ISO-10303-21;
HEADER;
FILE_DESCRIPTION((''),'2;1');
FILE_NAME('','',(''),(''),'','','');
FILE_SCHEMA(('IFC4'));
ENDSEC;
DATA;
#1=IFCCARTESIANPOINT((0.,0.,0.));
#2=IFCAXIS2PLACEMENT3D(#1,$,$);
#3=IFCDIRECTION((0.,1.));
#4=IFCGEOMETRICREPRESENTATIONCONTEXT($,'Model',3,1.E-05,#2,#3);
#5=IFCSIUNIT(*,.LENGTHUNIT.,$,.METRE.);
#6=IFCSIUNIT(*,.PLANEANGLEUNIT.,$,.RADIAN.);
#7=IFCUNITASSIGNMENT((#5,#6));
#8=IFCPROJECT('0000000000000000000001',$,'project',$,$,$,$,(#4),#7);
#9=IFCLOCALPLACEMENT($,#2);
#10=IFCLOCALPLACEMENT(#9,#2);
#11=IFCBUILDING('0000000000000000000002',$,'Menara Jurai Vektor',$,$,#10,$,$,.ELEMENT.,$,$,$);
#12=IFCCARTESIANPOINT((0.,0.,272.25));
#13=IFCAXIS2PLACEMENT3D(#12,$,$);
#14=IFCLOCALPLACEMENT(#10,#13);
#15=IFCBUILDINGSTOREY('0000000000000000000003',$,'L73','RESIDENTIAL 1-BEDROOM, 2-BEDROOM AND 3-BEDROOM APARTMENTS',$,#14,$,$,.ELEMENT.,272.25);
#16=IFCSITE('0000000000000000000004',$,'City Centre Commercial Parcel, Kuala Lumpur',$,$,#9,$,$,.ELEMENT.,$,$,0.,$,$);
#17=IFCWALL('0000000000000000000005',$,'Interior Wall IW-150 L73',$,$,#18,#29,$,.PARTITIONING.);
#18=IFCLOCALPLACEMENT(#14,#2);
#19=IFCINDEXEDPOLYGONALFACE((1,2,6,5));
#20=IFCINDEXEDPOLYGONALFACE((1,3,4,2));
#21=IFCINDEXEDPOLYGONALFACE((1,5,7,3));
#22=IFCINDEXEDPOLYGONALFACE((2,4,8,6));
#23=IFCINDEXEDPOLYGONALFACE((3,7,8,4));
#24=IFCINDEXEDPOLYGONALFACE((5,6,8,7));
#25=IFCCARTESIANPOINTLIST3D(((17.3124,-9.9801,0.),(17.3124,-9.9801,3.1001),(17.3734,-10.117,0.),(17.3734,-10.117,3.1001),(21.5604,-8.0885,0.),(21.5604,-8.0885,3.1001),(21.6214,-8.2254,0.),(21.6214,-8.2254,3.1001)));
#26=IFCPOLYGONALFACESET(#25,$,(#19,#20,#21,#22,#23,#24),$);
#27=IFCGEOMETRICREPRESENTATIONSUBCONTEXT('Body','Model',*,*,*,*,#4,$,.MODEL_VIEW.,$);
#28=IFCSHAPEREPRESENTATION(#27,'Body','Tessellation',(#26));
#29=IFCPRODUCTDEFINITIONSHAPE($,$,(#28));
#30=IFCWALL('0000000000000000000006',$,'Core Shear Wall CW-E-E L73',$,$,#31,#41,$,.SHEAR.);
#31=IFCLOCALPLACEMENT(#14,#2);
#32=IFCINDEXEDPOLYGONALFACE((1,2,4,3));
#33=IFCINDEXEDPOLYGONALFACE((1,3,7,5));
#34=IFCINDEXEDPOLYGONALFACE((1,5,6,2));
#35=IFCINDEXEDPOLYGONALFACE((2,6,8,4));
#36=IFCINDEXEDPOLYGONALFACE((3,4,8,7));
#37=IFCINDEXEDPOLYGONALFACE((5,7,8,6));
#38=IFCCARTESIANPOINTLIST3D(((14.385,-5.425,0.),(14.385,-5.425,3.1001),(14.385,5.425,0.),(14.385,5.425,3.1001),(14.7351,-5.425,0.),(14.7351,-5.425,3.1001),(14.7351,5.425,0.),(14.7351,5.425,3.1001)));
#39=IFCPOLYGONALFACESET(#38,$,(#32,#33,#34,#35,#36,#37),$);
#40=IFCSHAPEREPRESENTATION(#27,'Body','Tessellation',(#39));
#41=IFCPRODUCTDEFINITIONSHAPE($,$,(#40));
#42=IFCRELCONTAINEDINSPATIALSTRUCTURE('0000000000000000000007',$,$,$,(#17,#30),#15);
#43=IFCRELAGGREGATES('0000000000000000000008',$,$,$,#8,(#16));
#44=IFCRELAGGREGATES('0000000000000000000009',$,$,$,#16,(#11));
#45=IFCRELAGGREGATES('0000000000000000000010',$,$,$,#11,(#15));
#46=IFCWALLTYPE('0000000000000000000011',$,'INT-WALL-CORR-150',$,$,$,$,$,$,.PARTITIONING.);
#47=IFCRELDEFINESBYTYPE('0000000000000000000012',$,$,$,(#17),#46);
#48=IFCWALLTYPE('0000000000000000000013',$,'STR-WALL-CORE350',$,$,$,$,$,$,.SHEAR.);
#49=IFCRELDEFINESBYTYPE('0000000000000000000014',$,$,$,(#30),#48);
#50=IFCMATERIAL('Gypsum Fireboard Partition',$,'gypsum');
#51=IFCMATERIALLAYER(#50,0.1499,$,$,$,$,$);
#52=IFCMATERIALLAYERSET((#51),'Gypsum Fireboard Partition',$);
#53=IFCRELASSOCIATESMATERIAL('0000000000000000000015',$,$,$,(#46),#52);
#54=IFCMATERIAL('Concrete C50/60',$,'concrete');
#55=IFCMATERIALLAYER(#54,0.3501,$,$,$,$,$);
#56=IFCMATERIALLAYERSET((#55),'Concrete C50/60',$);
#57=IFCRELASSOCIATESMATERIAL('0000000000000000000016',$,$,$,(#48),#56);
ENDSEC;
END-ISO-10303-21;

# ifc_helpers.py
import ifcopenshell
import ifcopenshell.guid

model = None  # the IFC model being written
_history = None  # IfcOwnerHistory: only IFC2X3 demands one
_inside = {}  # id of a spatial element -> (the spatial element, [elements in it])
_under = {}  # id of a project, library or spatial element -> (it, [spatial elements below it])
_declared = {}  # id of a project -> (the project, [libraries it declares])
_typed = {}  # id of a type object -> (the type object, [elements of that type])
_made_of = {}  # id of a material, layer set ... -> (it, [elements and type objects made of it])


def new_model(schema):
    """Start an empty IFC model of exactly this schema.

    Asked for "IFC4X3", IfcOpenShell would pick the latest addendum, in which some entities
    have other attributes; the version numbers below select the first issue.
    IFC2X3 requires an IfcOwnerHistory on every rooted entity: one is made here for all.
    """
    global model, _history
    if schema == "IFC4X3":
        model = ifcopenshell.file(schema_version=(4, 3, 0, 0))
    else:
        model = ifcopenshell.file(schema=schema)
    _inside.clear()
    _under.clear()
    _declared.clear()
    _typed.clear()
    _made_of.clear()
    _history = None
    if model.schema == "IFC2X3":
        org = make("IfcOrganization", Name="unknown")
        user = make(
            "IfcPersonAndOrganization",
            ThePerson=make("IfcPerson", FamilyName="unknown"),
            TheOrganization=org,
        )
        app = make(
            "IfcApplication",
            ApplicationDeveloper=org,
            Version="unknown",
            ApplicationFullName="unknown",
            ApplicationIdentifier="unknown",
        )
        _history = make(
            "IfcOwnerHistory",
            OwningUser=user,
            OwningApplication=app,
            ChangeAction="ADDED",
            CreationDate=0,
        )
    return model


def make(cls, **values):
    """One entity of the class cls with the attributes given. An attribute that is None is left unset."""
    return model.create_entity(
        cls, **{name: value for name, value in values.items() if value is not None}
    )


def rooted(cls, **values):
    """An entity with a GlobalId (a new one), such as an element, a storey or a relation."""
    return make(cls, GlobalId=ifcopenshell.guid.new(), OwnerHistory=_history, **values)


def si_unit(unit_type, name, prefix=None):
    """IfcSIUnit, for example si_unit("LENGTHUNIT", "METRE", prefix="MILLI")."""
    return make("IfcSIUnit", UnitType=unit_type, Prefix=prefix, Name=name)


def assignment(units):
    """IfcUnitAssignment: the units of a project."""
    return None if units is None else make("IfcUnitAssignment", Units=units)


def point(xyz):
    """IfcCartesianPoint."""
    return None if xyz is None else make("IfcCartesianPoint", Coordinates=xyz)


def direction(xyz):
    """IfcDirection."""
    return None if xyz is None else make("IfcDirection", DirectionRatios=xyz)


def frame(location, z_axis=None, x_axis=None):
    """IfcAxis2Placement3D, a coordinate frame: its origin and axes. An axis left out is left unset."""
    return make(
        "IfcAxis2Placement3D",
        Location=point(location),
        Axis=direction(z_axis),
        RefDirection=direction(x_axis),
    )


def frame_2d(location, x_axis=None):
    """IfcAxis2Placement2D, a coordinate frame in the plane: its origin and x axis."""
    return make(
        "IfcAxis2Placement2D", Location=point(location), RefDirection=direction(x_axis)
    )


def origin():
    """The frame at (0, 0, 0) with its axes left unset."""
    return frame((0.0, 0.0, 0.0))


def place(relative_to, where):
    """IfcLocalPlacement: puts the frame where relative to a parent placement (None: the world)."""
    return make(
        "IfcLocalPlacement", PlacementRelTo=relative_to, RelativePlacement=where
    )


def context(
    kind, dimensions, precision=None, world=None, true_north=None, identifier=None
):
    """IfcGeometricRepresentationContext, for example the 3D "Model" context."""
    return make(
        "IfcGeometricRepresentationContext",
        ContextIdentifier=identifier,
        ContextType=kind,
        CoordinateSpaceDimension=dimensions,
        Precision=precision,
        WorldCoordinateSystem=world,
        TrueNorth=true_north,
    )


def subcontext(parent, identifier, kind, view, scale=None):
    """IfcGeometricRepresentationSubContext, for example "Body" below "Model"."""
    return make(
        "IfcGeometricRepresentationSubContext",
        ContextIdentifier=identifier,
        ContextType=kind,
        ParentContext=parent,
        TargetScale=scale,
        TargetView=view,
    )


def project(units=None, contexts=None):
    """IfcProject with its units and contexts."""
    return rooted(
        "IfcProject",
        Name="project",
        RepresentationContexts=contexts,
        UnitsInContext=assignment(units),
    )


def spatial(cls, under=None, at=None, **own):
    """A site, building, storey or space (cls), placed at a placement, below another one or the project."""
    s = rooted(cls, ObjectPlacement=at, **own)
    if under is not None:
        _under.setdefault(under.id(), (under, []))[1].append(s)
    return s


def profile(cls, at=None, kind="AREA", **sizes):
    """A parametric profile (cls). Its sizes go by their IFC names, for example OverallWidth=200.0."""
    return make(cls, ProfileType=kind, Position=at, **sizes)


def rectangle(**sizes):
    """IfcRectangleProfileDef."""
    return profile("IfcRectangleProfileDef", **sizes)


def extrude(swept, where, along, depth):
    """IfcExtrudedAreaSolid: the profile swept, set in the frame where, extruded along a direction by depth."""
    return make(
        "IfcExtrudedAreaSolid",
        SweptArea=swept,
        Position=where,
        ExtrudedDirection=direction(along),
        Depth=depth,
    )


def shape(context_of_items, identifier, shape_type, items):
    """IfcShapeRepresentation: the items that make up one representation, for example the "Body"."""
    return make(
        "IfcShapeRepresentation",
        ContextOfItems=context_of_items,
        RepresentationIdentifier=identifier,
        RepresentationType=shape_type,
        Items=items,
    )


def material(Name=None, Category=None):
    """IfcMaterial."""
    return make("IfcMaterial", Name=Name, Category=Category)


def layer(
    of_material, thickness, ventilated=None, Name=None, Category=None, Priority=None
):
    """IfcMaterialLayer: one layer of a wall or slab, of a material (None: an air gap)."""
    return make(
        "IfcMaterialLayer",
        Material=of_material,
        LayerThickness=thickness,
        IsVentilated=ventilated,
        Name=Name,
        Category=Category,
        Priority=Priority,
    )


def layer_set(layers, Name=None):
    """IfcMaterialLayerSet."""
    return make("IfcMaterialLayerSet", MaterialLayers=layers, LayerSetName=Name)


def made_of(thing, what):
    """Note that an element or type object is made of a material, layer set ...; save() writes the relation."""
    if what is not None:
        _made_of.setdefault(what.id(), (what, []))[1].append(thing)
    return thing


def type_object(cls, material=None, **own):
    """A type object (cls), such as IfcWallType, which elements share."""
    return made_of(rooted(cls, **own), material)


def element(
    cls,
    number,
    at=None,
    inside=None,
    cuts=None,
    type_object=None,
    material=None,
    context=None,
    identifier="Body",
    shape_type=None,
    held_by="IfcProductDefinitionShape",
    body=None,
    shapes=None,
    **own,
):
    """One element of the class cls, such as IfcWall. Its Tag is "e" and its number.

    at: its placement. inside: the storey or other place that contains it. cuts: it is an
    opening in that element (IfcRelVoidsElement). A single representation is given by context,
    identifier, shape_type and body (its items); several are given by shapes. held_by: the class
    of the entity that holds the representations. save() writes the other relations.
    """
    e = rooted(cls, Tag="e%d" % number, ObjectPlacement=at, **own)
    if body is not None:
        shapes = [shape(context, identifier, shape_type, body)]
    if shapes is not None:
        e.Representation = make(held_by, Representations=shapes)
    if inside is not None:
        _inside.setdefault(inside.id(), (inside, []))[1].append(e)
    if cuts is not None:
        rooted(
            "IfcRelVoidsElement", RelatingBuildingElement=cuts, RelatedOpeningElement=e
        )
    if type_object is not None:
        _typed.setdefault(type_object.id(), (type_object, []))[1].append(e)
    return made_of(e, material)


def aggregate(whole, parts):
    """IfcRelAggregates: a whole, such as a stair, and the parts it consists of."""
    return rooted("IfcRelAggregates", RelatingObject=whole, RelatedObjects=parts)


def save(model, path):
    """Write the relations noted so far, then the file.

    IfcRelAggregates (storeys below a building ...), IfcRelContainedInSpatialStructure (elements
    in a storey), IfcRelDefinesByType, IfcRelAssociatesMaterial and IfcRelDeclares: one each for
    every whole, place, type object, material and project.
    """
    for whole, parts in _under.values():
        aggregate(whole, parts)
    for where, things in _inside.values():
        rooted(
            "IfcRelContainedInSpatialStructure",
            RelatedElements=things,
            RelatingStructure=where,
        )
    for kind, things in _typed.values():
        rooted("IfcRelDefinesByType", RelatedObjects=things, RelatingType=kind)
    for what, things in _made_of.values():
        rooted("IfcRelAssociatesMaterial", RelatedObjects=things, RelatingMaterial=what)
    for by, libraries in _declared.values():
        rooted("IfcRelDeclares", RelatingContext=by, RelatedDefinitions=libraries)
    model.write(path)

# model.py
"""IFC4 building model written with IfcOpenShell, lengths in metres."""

from ifc_helpers import new_model, si_unit, direction, frame, frame_2d, origin, place, context, subcontext, project, spatial, rectangle, extrude, material, layer, layer_set, type_object, element, save


model = new_model("IFC4")

# Units and contexts
model_context = context("Model", 3, precision=1e-05, world=origin(), true_north=direction((0.0, 1.0)))
body_context = subcontext(model_context, "Body", "Model", "MODEL_VIEW")
ifc_project = project(units=[si_unit("LENGTHUNIT", "METRE"), si_unit("PLANEANGLEUNIT", "RADIAN")], contexts=[model_context])

# Site, building, storey
site_placement = place(None, origin())
site = spatial("IfcSite", under=ifc_project, at=site_placement, Name="City Centre Commercial Parcel, Kuala Lumpur", CompositionType="ELEMENT", RefElevation=0.0)
building_placement = place(site_placement, origin())
building = spatial("IfcBuilding", under=site, at=building_placement, Name="Menara Jurai Vektor", CompositionType="ELEMENT")
storey_placement = place(building_placement, frame((0.0, 0.0, 272.25)))
storey = spatial("IfcBuildingStorey", under=building, at=storey_placement, Name="L73", Description="RESIDENTIAL 1-BEDROOM, 2-BEDROOM AND 3-BEDROOM APARTMENTS", CompositionType="ELEMENT", Elevation=272.25)

# Shared definitions
ifc_material_1 = material(Name="Concrete C50/60", Category="concrete")

# Shared definitions
ifc_material_2 = material(Name="Gypsum Fireboard Partition", Category="gypsum")
ifc_layer_1 = layer(ifc_material_2, 0.1499)
ifc_layer_set_1 = layer_set([ifc_layer_1], Name="Gypsum Fireboard Partition")
wall_type_1 = type_object("IfcWallType", Name="INT-WALL-CORR-150", PredefinedType="PARTITIONING", material=ifc_layer_set_1)

# Walls
wall_1_placement = place(storey_placement, frame((17.3428, -10.0486, 0.0), z_axis=(0.0, 0.0, 1.0), x_axis=(0.913526, 0.406781, 0.0)))
element("IfcWall", 1, at=wall_1_placement, inside=storey, type_object=wall_type_1, Name="Interior Wall IW-150 L73", PredefinedType="PARTITIONING", context=body_context, shape_type="SweptSolid", body=[
    extrude(rectangle(XDim=4.6501, YDim=0.1499, at=frame_2d((2.3252, 0.0))), origin(), (0.0, 0.0, 1.0), 3.1001),
])
ifc_layer_2 = layer(ifc_material_1, 0.3501)
ifc_layer_set_2 = layer_set([ifc_layer_2], Name="Concrete C50/60")
wall_type_2 = type_object("IfcWallType", Name="STR-WALL-CORE350", PredefinedType="SHEAR", material=ifc_layer_set_2)
wall_2_placement = place(storey_placement, frame((14.5601, -5.425, 0.0), z_axis=(0.0, 0.0, 1.0), x_axis=(0.0, 1.0, 0.0)))
element("IfcWall", 2, at=wall_2_placement, inside=storey, type_object=wall_type_2, Name="Core Shear Wall CW-E-E L73", PredefinedType="SHEAR", context=body_context, shape_type="SweptSolid", body=[
    extrude(rectangle(XDim=10.8501, YDim=0.3501, at=frame_2d((5.425, 0.0))), origin(), (0.0, 0.0, 1.0), 3.1001),
])

save(model, "model.ifc")
